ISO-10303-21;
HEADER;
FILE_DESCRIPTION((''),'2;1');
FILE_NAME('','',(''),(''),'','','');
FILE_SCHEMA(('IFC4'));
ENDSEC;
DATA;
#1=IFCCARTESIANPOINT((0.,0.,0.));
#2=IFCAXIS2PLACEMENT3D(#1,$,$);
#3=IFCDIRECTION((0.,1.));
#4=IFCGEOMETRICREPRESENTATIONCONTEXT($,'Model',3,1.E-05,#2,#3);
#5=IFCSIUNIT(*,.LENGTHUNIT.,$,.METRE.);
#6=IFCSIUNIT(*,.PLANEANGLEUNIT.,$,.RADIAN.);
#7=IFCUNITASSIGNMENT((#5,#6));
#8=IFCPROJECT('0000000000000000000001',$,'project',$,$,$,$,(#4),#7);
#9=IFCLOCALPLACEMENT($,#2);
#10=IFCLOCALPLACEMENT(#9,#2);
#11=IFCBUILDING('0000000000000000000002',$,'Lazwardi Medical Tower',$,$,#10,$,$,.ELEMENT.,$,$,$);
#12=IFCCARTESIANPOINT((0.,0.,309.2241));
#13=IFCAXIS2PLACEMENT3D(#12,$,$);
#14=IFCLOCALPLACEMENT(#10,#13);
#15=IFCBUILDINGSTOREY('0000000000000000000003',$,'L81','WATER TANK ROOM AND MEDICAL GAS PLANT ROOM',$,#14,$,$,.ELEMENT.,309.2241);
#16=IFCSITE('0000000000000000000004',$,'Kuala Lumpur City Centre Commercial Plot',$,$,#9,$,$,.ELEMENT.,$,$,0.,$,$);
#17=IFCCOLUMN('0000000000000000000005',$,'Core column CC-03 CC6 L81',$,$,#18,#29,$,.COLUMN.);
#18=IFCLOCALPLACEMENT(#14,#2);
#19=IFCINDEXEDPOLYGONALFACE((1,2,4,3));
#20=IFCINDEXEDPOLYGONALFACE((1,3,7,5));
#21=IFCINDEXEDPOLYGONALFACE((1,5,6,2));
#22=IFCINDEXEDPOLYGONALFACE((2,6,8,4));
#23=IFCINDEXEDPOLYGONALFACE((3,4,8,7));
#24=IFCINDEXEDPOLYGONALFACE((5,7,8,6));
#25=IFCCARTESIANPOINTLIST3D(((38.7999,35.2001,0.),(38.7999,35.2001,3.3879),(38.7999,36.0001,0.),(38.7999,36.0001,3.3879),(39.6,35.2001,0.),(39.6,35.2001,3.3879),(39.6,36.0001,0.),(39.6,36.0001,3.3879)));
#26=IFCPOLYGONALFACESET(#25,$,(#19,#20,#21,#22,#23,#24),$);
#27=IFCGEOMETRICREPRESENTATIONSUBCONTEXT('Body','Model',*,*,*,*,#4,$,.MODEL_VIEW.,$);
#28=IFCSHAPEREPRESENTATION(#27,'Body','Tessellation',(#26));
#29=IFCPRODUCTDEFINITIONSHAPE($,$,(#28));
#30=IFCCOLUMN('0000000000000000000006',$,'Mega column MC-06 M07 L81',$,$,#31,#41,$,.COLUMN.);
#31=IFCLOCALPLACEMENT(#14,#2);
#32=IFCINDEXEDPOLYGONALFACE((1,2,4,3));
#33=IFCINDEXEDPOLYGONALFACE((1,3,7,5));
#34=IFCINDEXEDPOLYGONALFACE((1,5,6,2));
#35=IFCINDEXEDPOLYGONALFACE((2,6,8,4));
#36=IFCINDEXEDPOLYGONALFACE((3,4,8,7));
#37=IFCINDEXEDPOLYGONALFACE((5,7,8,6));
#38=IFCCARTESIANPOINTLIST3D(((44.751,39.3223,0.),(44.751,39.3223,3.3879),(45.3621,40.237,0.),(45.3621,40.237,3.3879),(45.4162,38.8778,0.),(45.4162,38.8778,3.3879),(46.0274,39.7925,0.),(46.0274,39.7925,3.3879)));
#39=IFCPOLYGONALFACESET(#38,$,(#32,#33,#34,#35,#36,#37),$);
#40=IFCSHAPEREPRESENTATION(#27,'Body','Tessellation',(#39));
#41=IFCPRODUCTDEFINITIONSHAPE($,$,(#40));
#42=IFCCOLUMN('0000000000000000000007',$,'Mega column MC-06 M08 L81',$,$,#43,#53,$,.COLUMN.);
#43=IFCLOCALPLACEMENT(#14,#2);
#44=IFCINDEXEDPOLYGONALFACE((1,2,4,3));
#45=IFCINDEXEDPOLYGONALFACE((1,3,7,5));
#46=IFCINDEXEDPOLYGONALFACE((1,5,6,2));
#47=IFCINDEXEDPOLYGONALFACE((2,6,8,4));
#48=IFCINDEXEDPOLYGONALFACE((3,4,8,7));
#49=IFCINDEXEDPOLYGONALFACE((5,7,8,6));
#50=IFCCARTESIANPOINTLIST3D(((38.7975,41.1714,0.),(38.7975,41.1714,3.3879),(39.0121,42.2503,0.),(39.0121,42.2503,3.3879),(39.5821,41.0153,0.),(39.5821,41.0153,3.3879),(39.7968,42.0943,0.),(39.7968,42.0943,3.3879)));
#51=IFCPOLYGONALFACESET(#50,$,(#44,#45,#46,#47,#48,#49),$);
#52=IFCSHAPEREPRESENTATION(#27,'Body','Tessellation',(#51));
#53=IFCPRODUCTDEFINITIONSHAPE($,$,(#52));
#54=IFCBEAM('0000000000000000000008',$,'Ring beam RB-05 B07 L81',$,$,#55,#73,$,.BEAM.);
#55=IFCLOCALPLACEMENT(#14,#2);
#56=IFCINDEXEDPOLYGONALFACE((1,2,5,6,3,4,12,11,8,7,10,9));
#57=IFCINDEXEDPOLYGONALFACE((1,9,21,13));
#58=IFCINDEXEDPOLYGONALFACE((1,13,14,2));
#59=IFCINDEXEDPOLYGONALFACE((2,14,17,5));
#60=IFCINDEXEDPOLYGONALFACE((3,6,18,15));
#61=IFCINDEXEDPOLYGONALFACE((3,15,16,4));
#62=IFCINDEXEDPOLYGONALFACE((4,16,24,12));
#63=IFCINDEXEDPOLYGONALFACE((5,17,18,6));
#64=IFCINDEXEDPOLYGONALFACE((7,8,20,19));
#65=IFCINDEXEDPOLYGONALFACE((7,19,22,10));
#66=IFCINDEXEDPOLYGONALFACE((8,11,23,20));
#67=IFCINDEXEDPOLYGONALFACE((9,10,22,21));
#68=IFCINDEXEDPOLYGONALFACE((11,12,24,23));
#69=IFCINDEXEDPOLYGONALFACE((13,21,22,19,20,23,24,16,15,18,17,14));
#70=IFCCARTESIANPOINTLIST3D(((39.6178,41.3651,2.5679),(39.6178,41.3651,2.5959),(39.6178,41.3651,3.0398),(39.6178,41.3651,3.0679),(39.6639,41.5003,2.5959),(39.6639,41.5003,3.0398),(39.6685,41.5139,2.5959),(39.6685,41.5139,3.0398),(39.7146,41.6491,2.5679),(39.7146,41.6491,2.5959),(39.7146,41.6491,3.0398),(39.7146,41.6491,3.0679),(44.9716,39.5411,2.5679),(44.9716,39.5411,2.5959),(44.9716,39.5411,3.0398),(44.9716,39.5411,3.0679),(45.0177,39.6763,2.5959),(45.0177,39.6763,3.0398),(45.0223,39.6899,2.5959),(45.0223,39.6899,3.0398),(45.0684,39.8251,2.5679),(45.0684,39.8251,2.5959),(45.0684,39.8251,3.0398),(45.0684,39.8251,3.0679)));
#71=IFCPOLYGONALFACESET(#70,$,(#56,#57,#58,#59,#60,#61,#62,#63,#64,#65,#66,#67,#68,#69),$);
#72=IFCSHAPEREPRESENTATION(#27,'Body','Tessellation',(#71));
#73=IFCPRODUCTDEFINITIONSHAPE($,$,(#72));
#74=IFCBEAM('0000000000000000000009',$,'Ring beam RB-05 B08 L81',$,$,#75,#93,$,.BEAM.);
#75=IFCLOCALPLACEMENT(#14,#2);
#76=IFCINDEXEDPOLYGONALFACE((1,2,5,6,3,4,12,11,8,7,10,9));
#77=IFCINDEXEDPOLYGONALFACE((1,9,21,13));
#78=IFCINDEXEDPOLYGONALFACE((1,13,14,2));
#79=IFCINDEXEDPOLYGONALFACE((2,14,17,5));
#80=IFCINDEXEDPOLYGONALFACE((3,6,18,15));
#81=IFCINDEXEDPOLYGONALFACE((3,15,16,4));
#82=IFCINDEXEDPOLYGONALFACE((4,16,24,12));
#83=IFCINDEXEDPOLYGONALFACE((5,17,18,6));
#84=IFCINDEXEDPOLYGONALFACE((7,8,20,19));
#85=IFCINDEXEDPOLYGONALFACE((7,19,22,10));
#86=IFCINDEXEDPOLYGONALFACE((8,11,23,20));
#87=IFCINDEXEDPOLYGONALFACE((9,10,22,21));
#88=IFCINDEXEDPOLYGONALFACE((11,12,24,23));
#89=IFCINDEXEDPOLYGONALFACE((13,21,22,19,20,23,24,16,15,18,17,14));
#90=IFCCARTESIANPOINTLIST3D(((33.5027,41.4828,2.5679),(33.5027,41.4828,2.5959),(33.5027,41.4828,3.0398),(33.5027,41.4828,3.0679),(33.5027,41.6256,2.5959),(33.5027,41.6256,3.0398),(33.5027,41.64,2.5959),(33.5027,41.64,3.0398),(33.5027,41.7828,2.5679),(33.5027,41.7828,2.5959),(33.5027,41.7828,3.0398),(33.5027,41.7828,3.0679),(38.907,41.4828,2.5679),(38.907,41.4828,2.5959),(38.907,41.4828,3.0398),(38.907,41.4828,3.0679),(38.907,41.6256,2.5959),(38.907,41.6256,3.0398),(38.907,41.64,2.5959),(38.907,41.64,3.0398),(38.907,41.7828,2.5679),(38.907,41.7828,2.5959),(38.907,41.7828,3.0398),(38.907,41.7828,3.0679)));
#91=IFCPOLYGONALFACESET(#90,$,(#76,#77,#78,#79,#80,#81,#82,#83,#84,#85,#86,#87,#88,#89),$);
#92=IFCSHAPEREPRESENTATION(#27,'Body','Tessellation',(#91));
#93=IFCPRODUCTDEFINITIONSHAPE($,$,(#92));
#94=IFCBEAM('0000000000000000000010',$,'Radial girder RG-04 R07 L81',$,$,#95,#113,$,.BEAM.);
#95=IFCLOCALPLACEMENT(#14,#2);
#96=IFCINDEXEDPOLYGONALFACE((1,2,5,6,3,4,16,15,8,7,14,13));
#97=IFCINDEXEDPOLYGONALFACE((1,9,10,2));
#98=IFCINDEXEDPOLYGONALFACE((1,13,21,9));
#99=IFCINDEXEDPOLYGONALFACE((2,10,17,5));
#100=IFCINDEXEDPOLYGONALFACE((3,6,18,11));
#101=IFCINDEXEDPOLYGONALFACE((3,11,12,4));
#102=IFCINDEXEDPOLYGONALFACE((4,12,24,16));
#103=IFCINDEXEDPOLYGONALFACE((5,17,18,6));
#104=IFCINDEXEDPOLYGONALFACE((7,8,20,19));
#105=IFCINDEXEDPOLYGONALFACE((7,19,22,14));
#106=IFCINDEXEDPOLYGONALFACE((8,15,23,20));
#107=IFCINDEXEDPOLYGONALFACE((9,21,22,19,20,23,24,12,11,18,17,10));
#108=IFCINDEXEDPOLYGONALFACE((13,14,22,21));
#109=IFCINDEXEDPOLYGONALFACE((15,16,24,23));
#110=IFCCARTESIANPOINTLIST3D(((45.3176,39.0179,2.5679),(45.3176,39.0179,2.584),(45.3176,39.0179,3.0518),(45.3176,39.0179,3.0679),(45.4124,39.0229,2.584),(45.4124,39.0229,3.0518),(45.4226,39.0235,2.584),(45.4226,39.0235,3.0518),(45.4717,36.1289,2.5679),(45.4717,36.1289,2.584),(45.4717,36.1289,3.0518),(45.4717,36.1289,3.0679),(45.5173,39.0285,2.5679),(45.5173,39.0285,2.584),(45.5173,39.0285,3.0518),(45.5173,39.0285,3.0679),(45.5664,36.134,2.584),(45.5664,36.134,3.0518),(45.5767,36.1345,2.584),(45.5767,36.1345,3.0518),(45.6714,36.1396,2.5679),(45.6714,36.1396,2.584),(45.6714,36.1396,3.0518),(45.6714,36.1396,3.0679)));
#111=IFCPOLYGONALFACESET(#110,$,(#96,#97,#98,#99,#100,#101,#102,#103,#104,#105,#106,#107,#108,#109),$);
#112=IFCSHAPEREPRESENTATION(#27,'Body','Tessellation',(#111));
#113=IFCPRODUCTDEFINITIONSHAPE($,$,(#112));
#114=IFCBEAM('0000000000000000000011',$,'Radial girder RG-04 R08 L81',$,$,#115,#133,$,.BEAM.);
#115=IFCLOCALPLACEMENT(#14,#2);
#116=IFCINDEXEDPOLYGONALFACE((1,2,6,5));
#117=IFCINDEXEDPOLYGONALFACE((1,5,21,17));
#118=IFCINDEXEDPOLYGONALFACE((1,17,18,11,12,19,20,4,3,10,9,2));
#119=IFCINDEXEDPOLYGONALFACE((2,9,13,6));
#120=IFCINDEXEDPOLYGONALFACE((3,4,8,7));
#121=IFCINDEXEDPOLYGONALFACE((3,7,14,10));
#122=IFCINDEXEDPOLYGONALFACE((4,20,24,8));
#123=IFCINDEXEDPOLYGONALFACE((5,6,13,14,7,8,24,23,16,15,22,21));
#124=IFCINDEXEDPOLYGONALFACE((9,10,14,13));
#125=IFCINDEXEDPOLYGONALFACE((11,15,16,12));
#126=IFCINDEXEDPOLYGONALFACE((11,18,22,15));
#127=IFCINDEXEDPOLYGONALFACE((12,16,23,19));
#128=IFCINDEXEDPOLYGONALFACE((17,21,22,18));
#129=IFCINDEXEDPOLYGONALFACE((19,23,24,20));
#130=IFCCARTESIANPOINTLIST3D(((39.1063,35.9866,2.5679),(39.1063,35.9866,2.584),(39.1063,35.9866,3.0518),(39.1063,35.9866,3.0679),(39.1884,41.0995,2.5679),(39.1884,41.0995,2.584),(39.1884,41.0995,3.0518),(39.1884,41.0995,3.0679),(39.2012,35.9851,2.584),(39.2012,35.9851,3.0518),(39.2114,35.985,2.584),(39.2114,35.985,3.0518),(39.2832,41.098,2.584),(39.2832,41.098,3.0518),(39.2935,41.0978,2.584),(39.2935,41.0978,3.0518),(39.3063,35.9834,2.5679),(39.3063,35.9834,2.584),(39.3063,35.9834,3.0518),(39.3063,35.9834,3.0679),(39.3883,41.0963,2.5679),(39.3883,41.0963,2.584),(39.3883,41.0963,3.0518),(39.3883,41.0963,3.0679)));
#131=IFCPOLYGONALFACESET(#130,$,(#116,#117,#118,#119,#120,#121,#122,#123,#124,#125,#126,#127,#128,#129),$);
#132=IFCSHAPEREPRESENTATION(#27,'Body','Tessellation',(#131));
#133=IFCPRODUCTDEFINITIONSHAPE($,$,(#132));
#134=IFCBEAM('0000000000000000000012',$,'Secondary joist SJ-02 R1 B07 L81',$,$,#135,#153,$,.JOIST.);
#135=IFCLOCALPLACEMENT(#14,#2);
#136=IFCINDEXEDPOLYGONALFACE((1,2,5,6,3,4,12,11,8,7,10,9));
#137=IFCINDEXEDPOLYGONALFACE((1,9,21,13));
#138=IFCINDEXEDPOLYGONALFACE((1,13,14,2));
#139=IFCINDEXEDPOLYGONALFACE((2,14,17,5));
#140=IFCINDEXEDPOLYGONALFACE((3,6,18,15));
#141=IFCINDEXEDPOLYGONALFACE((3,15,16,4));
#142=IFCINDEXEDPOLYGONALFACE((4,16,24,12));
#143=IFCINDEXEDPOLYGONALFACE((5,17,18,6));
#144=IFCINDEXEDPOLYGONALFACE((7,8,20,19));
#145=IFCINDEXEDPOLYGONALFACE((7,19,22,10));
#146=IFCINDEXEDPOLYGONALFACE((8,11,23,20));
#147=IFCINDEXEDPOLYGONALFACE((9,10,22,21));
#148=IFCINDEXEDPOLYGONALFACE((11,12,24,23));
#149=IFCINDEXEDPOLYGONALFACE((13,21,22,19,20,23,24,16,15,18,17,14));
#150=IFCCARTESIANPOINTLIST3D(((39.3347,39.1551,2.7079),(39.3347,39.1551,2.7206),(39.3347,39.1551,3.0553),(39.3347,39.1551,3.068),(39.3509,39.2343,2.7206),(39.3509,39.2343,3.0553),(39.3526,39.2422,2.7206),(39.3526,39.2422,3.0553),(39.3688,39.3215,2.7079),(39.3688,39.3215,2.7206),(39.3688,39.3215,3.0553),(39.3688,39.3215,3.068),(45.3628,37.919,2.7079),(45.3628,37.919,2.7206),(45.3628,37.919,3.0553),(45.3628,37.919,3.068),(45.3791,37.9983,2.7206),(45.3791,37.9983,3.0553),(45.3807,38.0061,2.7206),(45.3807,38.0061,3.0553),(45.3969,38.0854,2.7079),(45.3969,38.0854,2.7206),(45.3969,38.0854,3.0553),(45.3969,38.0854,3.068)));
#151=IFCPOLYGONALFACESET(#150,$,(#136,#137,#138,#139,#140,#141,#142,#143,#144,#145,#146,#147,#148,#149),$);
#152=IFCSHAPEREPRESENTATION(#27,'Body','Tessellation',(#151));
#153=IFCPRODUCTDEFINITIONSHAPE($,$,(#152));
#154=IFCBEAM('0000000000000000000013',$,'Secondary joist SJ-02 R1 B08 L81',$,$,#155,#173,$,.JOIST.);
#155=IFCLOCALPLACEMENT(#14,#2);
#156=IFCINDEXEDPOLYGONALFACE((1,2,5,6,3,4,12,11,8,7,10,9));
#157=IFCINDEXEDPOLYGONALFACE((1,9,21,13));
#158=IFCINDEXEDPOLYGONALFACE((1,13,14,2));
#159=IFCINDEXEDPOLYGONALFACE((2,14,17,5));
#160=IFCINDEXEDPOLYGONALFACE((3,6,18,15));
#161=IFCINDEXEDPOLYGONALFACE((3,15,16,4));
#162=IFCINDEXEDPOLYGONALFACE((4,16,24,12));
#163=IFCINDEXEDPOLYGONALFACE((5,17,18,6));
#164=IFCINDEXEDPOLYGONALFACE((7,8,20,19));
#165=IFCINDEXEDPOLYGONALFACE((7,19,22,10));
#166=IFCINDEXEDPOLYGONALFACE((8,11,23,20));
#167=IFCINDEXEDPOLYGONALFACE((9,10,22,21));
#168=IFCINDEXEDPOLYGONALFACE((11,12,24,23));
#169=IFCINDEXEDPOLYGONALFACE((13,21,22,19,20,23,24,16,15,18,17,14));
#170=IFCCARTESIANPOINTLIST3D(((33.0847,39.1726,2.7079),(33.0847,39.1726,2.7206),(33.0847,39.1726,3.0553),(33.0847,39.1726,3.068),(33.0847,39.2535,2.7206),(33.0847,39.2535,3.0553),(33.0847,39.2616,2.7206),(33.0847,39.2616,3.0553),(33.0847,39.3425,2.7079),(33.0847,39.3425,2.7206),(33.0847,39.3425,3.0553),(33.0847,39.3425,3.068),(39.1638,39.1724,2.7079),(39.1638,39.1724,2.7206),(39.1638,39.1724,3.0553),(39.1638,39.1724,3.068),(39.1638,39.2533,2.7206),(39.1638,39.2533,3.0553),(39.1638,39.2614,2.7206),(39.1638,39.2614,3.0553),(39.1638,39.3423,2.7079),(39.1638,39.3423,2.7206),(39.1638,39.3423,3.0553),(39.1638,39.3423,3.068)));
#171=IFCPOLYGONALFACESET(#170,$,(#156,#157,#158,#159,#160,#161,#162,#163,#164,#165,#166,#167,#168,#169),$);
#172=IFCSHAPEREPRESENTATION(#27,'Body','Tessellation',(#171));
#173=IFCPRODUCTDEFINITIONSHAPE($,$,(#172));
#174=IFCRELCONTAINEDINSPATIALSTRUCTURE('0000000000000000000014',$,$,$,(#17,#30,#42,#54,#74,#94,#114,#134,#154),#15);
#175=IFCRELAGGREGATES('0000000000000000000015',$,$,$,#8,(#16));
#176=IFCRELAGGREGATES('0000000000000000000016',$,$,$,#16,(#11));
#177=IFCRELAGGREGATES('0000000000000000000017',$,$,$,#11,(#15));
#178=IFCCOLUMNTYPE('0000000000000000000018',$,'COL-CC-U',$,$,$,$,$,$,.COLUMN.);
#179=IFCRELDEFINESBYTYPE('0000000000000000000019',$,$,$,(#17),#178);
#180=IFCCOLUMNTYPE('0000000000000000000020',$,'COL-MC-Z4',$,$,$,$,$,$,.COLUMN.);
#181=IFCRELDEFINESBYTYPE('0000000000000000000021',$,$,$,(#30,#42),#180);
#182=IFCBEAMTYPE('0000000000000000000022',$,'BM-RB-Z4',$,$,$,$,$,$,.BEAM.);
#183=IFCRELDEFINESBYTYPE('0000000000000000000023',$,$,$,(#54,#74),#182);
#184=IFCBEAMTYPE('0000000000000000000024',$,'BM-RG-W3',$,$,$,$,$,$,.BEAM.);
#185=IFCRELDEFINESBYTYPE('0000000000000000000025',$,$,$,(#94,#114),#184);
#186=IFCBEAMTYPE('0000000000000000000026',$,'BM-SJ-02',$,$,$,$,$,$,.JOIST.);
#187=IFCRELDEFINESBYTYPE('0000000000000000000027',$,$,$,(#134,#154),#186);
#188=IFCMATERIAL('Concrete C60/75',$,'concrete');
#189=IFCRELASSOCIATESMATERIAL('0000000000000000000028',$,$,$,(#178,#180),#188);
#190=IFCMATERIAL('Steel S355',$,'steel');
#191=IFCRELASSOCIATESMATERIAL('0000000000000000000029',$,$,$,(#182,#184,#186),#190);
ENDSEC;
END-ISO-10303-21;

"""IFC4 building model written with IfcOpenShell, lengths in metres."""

from ifc_helpers import new_model, si_unit, direction, frame, origin, origin_2d, place, context, subcontext, project, spatial, rectangle, i_section, extrude, material, material_profile, profile_set, type_object, element, save


model = new_model("IFC4")

# Units and contexts
model_context = context("Model", 3, precision=1e-05, world=origin(), true_north=direction((0.0, 1.0)))
body_context = subcontext(model_context, "Body", "Model", "MODEL_VIEW")
ifc_project = project(units=[si_unit("LENGTHUNIT", "METRE"), si_unit("PLANEANGLEUNIT", "RADIAN")], contexts=[model_context])

# Site, building, storey
site_placement = place(None, origin())
site = spatial("IfcSite", under=ifc_project, at=site_placement, Name="Kuala Lumpur City Centre Commercial Plot", CompositionType="ELEMENT", RefElevation=0.0)
building_placement = place(site_placement, origin())
building = spatial("IfcBuilding", under=site, at=building_placement, Name="Lazwardi Medical Tower", CompositionType="ELEMENT")
storey_placement = place(building_placement, frame((0.0, 0.0, 309.2241)))
storey = spatial("IfcBuildingStorey", under=building, at=storey_placement, Name="L81", Description="WATER TANK ROOM AND MEDICAL GAS PLANT ROOM", CompositionType="ELEMENT", Elevation=309.2241)

# Columns
ifc_material_1 = material(Name="Concrete C60/75", Category="concrete")
ifc_material_profile_1 = material_profile(ifc_material_1, rectangle(XDim=0.8, YDim=0.8, at=origin_2d()), Name="RC 800x800")
ifc_profile_set_1 = profile_set([ifc_material_profile_1], Name="Concrete C60/75")
column_type_1 = type_object("IfcColumnType", Name="COL-CC-U", PredefinedType="COLUMN", material=ifc_profile_set_1)
column_placement = place(storey_placement, frame((39.2, 35.6001, 0.0), z_axis=(0.0, 0.0, 1.0), x_axis=(1.0, 0.0, 0.0)))
element("IfcColumn", 1, at=column_placement, inside=storey, type_object=column_type_1, Name="Core column CC-03 CC6 L81", PredefinedType="COLUMN", context=body_context, shape_type="SweptSolid", body=[
    extrude(rectangle(XDim=0.8, YDim=0.8, at=origin_2d()), origin(), (0.0, 0.0, 1.0), 3.3879),
])
ifc_material_profile_2 = material_profile(ifc_material_1, rectangle(XDim=1.1001, YDim=0.8, at=origin_2d()), Name="CFT-RECT 1100x800")
ifc_profile_set_2 = profile_set([ifc_material_profile_2], Name="Concrete C60/75")
column_type_2 = type_object("IfcColumnType", Name="COL-MC-Z4", PredefinedType="COLUMN", material=ifc_profile_set_2)
for number, where, z_axis, x_axis, name in (
    (2, (45.3892, 39.5574, 0.0), (0.0, 0.0, 1.0), (0.55557, 0.83147, 0.0), "Mega column MC-06 M07 L81"),
    (3, (39.2971, 41.6328, 0.0), (0.0, 0.0, 1.0), (0.19509, 0.980785, 0.0), "Mega column MC-06 M08 L81"),
):
    element("IfcColumn", number, at=place(storey_placement, frame(where, z_axis=z_axis, x_axis=x_axis)), inside=storey, type_object=column_type_2, Name=name, PredefinedType="COLUMN", context=body_context, shape_type="SweptSolid", body=[
        extrude(rectangle(XDim=1.1001, YDim=0.8, at=origin_2d()), origin(), (0.0, 0.0, 1.0), 3.3879),
    ])

# Beams
ifc_material_2 = material(Name="Steel S355", Category="steel")
ifc_material_profile_3 = material_profile(ifc_material_2, i_section(OverallWidth=0.3, OverallDepth=0.5, WebThickness=0.0144, FlangeThickness=0.0281, at=origin_2d()), Name="HEB 500")
ifc_profile_set_3 = profile_set([ifc_material_profile_3], Name="Steel S355")
beam_type_1 = type_object("IfcBeamType", Name="BM-RB-Z4", PredefinedType="BEAM", material=ifc_profile_set_3)
beam_1_placement = place(storey_placement, frame((45.02, 39.6831, 2.8179), z_axis=(-0.946573, 0.322488, 0.0), x_axis=(-0.322488, -0.946573, 0.0)))
element("IfcBeam", 4, at=beam_1_placement, inside=storey, type_object=beam_type_1, Name="Ring beam RB-05 B07 L81", PredefinedType="BEAM", context=body_context, shape_type="SweptSolid", body=[
    extrude(i_section(OverallWidth=0.3, OverallDepth=0.5, WebThickness=0.0144, FlangeThickness=0.0281, at=origin_2d()), origin(), (0.0, 0.0, 1.0), 5.656),
])
beam_2_placement = place(storey_placement, frame((38.907, 41.6328, 2.8179), z_axis=(-1.0, 0.0, 0.0), x_axis=(0.0, -1.0, 0.0)))
element("IfcBeam", 5, at=beam_2_placement, inside=storey, type_object=beam_type_1, Name="Ring beam RB-05 B08 L81", PredefinedType="BEAM", context=body_context, shape_type="SweptSolid", body=[
    extrude(i_section(OverallWidth=0.3, OverallDepth=0.5, WebThickness=0.0144, FlangeThickness=0.0281, at=origin_2d()), origin(), (0.0, 0.0, 1.0), 5.4043),
])
ifc_material_profile_4 = material_profile(ifc_material_2, i_section(OverallWidth=0.2, OverallDepth=0.5, WebThickness=0.0103, FlangeThickness=0.0161, at=origin_2d()), Name="IPE 500")
ifc_profile_set_4 = profile_set([ifc_material_profile_4], Name="Steel S355")
beam_type_2 = type_object("IfcBeamType", Name="BM-RG-W3", PredefinedType="BEAM", material=ifc_profile_set_4)
beam_3_placement = place(storey_placement, frame((45.4175, 39.0232, 2.8179), z_axis=(0.05325, -0.998581, 0.0), x_axis=(0.998581, 0.05325, 0.0)))
element("IfcBeam", 6, at=beam_3_placement, inside=storey, type_object=beam_type_2, Name="Radial girder RG-04 R07 L81", PredefinedType="BEAM", context=body_context, shape_type="SweptSolid", body=[
    extrude(i_section(OverallWidth=0.2, OverallDepth=0.5, WebThickness=0.0103, FlangeThickness=0.0161, at=origin_2d()), origin(), (0.0, 0.0, 1.0), 2.8931),
])
beam_4_placement = place(storey_placement, frame((39.2883, 41.0979, 2.8179), z_axis=(-0.016042, -0.999871, 0.0), x_axis=(0.999871, -0.016042, 0.0)))
element("IfcBeam", 7, at=beam_4_placement, inside=storey, type_object=beam_type_2, Name="Radial girder RG-04 R08 L81", PredefinedType="BEAM", context=body_context, shape_type="SweptSolid", body=[
    extrude(i_section(OverallWidth=0.2, OverallDepth=0.5, WebThickness=0.0103, FlangeThickness=0.0161, at=origin_2d()), origin(), (0.0, 0.0, 1.0), 5.1135),
])
ifc_material_profile_5 = material_profile(ifc_material_2, i_section(OverallWidth=0.1699, OverallDepth=0.3601, WebThickness=0.0081, FlangeThickness=0.0127, at=origin_2d()), Name="IPE 360")
ifc_profile_set_5 = profile_set([ifc_material_profile_5], Name="Steel S355")
beam_type_3 = type_object("IfcBeamType", Name="BM-SJ-02", PredefinedType="JOIST", material=ifc_profile_set_5)
beam_5_placement = place(storey_placement, frame((45.3799, 38.0022, 2.8879), z_axis=(-0.979617, 0.200875, 0.0), x_axis=(-0.200875, -0.979617, 0.0)))
element("IfcBeam", 8, at=beam_5_placement, inside=storey, type_object=beam_type_3, Name="Secondary joist SJ-02 R1 B07 L81", PredefinedType="JOIST", context=body_context, shape_type="SweptSolid", body=[
    extrude(i_section(OverallWidth=0.1699, OverallDepth=0.3601, WebThickness=0.0081, FlangeThickness=0.0127, at=origin_2d()), origin(), (0.0, 0.0, 1.0), 6.1536),
])
beam_6_placement = place(storey_placement, frame((39.1638, 39.2573, 2.8879), z_axis=(-1.0, 0.00004, 0.0), x_axis=(-0.00004, -1.0, 0.0)))
element("IfcBeam", 9, at=beam_6_placement, inside=storey, type_object=beam_type_3, Name="Secondary joist SJ-02 R1 B08 L81", PredefinedType="JOIST", context=body_context, shape_type="SweptSolid", body=[
    extrude(i_section(OverallWidth=0.1699, OverallDepth=0.3601, WebThickness=0.0081, FlangeThickness=0.0127, at=origin_2d()), origin(), (0.0, 0.0, 1.0), 6.0791),
])

save(model, "model.ifc")
